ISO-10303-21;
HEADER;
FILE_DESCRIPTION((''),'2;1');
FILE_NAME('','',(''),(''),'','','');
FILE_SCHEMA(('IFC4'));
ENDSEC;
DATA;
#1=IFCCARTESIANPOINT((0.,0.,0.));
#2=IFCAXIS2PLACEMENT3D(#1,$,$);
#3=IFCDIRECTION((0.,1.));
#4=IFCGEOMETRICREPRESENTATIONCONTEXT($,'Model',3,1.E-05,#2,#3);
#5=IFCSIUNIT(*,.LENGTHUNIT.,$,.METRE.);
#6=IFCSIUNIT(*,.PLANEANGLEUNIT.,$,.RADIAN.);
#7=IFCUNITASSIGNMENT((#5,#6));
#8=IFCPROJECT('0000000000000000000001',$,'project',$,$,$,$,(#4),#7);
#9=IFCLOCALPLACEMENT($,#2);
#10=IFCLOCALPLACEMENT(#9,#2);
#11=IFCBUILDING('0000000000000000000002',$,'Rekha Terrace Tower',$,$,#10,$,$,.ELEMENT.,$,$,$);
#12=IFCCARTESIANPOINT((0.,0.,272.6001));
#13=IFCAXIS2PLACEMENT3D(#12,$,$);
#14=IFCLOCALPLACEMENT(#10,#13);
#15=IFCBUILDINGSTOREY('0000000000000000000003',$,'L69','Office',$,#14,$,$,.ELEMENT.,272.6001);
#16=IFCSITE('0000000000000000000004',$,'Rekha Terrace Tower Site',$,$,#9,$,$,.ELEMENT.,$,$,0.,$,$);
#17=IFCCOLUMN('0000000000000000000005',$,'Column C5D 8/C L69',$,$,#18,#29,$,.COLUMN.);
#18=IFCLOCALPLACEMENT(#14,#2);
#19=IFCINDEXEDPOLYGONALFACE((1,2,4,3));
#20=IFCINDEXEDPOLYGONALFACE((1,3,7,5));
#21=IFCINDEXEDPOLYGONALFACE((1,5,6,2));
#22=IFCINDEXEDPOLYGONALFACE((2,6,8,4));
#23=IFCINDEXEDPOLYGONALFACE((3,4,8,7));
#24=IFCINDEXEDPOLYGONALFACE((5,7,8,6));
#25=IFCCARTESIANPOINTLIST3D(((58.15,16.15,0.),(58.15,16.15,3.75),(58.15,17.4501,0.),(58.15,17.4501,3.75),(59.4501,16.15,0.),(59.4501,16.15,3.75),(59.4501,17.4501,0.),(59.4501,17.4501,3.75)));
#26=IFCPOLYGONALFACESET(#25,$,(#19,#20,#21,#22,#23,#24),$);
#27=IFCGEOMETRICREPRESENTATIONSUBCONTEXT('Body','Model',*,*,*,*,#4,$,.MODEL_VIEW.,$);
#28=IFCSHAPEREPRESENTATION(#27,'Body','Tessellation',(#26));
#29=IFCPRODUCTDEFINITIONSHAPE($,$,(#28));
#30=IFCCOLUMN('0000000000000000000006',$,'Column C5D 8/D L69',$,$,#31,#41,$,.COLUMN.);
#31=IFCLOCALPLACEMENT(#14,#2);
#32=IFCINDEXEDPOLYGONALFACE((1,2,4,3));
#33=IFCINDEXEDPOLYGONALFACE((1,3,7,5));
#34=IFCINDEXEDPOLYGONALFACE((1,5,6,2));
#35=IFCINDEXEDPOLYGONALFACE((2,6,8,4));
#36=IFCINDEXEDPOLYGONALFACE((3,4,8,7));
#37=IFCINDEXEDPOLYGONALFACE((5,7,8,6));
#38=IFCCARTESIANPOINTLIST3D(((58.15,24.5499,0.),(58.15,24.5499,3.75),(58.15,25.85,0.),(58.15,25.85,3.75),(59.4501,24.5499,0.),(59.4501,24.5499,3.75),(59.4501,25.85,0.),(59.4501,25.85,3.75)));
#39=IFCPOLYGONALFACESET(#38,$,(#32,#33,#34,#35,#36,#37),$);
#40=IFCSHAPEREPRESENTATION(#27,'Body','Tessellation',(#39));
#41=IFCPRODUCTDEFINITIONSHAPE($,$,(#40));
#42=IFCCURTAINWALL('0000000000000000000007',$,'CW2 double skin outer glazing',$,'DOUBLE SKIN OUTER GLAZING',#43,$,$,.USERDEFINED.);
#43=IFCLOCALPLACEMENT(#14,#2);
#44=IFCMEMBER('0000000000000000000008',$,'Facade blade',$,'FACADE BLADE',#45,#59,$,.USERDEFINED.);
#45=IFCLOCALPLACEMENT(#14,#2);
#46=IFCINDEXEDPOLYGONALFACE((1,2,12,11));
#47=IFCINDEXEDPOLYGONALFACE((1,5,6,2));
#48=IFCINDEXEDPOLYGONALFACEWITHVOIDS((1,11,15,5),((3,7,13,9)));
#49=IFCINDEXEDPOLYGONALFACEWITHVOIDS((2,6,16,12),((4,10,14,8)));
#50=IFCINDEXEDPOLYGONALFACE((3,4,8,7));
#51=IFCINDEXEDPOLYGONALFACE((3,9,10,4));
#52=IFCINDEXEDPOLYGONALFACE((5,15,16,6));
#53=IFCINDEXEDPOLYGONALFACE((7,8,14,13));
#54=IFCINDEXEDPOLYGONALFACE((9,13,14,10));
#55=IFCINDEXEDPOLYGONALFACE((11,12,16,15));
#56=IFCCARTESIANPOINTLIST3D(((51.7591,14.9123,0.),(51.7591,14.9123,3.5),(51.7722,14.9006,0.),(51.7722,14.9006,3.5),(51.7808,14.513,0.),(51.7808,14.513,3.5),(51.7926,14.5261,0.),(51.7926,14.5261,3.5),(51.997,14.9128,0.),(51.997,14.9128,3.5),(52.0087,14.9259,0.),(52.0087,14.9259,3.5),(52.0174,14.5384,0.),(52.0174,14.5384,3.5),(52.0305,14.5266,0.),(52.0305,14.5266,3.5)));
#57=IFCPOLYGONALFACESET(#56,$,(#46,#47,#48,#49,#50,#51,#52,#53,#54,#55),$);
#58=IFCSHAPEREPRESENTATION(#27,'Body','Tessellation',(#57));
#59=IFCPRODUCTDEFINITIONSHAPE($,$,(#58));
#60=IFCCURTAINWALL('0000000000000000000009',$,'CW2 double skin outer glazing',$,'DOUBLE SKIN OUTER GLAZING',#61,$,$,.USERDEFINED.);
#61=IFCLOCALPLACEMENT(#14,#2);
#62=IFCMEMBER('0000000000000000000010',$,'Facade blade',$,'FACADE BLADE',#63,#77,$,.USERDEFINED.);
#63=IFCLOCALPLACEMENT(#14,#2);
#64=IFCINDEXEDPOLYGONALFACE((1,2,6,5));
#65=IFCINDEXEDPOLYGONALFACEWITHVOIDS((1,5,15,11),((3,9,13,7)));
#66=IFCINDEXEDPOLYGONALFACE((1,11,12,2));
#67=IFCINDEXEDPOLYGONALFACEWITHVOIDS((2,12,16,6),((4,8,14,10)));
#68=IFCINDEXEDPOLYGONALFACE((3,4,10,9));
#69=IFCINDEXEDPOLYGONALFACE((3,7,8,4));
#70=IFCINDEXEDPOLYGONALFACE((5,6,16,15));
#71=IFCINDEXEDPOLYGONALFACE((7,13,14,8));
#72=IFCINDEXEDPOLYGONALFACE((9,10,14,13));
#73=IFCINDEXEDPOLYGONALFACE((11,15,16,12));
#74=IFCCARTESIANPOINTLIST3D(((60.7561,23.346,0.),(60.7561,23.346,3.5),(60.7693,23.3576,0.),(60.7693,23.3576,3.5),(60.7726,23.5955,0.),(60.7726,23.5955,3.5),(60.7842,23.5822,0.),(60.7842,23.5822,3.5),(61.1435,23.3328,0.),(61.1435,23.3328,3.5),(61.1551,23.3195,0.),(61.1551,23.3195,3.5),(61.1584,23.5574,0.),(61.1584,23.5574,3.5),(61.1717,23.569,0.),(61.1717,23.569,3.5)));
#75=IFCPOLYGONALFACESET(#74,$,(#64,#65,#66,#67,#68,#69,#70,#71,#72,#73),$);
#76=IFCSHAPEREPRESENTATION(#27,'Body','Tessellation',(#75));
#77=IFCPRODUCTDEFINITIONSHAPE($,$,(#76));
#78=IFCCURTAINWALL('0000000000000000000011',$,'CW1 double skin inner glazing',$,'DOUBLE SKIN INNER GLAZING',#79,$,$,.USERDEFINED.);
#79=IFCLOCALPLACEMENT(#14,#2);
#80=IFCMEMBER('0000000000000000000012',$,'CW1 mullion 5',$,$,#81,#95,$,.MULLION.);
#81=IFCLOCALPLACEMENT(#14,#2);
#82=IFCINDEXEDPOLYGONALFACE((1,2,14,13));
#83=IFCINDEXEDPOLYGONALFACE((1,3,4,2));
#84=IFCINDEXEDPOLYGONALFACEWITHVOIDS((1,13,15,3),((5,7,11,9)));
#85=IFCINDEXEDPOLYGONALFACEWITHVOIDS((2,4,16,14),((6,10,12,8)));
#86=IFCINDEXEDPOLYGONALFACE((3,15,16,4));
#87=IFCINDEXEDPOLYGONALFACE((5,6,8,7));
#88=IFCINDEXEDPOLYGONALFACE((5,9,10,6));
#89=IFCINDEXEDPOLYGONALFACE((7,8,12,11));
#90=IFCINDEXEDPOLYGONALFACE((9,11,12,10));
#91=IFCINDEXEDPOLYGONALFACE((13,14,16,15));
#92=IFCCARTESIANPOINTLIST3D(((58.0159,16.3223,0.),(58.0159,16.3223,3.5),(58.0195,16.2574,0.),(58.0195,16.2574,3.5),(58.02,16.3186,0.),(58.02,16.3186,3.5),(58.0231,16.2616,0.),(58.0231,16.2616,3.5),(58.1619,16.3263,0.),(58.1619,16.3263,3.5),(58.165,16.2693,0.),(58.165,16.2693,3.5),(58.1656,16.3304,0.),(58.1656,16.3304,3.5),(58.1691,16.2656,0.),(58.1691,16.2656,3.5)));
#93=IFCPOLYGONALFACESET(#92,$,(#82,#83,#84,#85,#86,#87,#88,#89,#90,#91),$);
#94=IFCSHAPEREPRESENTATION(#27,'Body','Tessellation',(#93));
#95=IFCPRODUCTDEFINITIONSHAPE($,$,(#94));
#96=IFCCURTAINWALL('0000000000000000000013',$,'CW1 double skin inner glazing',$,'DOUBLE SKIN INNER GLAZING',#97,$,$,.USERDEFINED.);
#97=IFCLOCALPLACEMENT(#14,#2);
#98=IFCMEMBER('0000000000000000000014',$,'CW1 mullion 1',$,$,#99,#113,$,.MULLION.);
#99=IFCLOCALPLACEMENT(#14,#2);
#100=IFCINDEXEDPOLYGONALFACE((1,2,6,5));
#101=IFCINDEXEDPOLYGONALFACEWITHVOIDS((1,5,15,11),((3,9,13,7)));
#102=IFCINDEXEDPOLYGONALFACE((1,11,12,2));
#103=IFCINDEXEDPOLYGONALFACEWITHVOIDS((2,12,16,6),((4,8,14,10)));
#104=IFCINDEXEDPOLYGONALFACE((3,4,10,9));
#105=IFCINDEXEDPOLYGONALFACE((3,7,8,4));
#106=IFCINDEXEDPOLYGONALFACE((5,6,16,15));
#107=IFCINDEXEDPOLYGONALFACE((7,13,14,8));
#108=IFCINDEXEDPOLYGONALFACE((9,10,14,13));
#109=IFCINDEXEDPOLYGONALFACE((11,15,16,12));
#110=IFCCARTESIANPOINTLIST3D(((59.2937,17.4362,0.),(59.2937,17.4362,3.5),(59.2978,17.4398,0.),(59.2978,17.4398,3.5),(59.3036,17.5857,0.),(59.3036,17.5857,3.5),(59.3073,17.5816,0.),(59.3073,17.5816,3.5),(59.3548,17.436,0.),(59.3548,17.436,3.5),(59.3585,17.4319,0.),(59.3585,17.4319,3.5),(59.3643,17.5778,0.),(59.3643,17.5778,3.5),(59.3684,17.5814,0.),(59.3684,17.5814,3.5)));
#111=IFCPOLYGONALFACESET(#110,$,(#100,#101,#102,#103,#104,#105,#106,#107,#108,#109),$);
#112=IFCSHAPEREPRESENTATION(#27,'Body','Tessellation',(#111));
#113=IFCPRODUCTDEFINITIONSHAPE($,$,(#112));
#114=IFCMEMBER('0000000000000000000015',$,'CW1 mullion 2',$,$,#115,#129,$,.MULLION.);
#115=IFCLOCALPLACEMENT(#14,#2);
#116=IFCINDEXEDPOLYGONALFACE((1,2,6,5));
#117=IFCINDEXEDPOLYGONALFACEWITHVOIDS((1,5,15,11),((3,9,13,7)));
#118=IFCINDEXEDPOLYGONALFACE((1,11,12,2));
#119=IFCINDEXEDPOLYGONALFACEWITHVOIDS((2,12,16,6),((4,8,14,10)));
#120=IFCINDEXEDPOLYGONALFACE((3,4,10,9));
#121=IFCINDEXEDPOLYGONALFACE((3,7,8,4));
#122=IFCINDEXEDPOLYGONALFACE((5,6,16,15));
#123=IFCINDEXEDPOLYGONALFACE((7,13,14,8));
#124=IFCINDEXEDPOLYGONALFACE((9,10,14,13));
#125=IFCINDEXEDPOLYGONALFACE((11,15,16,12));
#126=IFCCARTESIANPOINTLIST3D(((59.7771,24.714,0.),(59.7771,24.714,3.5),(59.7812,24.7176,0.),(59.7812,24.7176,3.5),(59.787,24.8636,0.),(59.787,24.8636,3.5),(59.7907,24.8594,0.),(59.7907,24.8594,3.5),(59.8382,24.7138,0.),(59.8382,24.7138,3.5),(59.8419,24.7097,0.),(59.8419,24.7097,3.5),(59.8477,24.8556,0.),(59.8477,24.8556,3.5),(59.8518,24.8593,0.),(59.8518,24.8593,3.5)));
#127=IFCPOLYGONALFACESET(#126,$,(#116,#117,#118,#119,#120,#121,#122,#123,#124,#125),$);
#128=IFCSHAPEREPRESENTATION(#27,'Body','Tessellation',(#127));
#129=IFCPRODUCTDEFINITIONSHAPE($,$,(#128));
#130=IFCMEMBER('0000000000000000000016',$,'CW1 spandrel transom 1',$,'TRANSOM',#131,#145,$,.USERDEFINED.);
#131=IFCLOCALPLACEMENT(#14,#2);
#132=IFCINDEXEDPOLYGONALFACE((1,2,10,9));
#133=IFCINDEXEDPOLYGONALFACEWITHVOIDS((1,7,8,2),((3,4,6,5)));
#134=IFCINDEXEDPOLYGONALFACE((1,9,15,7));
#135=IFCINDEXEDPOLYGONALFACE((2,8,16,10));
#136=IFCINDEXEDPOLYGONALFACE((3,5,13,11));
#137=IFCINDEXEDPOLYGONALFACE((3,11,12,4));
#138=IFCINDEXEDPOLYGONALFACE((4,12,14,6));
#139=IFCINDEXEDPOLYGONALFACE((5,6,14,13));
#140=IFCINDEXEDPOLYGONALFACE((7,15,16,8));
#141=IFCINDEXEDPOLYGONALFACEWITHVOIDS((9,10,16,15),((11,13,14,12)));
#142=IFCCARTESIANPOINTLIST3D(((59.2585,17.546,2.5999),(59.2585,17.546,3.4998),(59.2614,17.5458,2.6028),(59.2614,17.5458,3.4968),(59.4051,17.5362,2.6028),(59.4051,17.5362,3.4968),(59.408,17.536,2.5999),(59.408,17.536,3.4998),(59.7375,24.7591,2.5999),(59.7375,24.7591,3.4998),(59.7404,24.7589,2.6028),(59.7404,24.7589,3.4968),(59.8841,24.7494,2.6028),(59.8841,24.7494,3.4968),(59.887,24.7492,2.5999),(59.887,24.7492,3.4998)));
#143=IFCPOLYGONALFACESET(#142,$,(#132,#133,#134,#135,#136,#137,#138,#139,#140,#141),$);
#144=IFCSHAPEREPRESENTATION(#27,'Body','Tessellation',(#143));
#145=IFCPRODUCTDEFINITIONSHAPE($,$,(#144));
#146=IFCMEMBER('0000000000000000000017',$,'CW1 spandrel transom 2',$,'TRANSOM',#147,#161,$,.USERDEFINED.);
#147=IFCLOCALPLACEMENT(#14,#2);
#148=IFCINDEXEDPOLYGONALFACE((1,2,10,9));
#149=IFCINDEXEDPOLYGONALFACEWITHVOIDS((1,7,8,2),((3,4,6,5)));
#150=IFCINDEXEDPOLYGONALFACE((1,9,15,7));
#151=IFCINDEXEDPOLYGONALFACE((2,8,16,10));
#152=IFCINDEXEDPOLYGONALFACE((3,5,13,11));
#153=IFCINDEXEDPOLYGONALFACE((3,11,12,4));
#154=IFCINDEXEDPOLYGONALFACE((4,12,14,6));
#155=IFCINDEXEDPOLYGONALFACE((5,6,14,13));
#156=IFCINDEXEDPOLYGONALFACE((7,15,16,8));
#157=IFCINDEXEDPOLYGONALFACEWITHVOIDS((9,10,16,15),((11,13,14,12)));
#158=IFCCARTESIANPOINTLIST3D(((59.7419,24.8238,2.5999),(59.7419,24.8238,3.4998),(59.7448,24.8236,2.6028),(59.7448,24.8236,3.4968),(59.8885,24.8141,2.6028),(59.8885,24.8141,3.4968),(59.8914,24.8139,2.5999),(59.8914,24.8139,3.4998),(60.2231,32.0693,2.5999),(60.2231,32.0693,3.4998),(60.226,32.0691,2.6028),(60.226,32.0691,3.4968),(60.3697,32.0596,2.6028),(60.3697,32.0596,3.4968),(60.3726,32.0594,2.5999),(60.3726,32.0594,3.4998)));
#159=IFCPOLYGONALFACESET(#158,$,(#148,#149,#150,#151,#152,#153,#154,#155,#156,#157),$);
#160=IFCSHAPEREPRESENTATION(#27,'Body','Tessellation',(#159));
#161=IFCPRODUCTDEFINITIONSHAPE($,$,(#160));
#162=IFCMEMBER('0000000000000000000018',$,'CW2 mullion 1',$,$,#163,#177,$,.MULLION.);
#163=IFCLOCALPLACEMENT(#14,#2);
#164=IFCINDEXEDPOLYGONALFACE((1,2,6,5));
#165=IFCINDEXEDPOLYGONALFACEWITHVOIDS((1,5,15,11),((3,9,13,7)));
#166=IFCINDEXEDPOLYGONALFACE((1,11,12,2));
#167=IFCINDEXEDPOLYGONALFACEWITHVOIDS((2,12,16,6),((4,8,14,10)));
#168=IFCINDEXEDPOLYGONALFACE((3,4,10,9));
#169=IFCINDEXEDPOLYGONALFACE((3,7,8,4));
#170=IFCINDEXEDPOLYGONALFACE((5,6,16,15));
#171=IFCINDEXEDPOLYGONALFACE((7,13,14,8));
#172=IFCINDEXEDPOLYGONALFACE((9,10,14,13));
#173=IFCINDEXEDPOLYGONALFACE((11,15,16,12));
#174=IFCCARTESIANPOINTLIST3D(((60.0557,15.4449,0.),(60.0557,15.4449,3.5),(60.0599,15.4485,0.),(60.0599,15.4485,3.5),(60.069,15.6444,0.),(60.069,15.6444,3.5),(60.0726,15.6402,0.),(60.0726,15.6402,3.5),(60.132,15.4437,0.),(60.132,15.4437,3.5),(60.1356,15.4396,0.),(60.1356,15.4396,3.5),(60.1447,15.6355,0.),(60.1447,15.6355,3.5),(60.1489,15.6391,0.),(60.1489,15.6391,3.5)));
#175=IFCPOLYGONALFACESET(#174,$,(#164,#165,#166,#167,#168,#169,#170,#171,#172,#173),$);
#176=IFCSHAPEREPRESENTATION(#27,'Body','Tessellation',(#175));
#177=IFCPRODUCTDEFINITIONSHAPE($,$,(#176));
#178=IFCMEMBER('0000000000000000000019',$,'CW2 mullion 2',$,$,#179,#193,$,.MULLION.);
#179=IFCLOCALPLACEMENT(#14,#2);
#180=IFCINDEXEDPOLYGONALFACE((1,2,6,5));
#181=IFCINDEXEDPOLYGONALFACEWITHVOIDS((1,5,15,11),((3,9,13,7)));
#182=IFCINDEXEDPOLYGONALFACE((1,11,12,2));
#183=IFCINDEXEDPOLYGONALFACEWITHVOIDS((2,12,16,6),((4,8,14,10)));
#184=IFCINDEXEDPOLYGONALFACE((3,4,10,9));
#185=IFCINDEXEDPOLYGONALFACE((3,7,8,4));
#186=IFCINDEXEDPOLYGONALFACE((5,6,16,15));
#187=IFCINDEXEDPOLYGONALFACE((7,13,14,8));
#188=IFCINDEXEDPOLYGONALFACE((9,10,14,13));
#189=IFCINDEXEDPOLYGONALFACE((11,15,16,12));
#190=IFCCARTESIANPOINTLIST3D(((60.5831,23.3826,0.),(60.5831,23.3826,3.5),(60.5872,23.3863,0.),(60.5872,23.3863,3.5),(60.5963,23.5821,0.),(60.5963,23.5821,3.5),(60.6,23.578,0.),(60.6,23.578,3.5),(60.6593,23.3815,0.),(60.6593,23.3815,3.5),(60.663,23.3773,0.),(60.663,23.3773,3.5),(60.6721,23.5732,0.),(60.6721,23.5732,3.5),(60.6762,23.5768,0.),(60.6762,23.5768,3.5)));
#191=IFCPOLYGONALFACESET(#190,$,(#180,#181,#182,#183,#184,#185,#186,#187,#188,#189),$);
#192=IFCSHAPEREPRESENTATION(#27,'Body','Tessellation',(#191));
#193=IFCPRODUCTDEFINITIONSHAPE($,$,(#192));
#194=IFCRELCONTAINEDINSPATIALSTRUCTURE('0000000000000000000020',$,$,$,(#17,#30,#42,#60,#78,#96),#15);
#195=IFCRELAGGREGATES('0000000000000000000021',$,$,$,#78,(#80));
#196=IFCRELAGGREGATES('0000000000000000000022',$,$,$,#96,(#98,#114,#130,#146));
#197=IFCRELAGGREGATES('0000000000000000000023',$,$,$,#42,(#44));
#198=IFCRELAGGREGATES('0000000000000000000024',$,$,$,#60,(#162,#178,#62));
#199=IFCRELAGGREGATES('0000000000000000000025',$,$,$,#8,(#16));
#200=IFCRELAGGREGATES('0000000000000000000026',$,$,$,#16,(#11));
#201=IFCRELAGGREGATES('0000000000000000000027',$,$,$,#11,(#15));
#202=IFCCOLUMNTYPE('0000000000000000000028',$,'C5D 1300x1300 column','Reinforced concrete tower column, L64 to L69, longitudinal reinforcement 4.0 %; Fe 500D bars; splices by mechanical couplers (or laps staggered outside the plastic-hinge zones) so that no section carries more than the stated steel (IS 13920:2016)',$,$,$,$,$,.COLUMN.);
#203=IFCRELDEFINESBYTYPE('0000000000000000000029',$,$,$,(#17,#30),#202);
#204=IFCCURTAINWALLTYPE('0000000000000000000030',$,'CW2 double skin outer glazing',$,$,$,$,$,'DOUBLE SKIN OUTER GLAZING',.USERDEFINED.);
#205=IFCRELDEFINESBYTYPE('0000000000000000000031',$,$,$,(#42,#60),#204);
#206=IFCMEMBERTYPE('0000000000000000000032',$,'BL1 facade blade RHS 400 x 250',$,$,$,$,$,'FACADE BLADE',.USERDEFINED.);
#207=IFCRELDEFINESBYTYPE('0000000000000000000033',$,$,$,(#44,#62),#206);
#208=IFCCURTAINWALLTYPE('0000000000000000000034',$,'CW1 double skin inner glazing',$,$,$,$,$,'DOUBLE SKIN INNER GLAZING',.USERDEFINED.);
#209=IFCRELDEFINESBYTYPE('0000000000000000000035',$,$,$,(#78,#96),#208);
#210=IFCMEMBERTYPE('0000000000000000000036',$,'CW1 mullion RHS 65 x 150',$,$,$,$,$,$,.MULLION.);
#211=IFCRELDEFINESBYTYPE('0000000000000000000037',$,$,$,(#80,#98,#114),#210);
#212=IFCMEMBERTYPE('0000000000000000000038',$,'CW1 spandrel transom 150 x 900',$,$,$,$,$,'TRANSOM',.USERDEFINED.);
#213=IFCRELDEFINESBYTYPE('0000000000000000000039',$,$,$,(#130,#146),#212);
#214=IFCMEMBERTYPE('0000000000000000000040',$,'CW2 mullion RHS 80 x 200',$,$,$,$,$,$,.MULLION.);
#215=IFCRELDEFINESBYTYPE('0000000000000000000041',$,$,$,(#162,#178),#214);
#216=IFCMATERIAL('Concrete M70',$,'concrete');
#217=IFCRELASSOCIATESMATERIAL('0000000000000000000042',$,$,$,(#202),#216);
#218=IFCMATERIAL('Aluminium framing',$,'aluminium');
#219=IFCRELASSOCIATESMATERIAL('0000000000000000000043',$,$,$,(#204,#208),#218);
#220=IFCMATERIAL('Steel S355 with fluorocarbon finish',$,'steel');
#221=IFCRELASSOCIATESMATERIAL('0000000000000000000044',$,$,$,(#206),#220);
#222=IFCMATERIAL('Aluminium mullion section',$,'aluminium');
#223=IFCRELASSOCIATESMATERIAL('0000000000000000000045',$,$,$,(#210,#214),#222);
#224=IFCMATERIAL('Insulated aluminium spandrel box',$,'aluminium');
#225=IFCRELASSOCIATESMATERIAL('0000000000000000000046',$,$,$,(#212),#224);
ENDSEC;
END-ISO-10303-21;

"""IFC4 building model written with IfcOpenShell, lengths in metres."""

from ifc_helpers import new_model, si_unit, direction, frame, origin, origin_2d, place, context, subcontext, project, spatial, rectangle, hollow_rectangle, extrude, material, material_profile, profile_set, type_object, element, aggregate, save


model = new_model("IFC4")

# Units and contexts
model_context = context("Model", 3, precision=1e-05, world=origin(), true_north=direction((0.0, 1.0)))
body_context = subcontext(model_context, "Body", "Model", "MODEL_VIEW")
ifc_project = project(units=[si_unit("LENGTHUNIT", "METRE"), si_unit("PLANEANGLEUNIT", "RADIAN")], contexts=[model_context])

# Site, building, storey
site_placement = place(None, origin())
site = spatial("IfcSite", under=ifc_project, at=site_placement, Name="Rekha Terrace Tower Site", CompositionType="ELEMENT", RefElevation=0.0)
building_placement = place(site_placement, origin())
building = spatial("IfcBuilding", under=site, at=building_placement, Name="Rekha Terrace Tower", CompositionType="ELEMENT")
storey_placement = place(building_placement, frame((0.0, 0.0, 272.6001)))
storey = spatial("IfcBuildingStorey", under=building, at=storey_placement, Name="L69", Description="Office", CompositionType="ELEMENT", Elevation=272.6001)

# Columns
ifc_material_1 = material(Name="Concrete M70", Category="concrete")
ifc_material_profile_1 = material_profile(ifc_material_1, rectangle(XDim=1.3, YDim=1.3, at=origin_2d()), Name="RC 1300x1300")
ifc_profile_set_1 = profile_set([ifc_material_profile_1], Name="Concrete M70")
column_type = type_object("IfcColumnType", Name="C5D 1300x1300 column", Description="Reinforced concrete tower column, L64 to L69, longitudinal reinforcement 4.0 %; Fe 500D bars; splices by mechanical couplers (or laps staggered outside the plastic-hinge zones) so that no section carries more than the stated steel (IS 13920:2016)", PredefinedType="COLUMN", material=ifc_profile_set_1)
for number, where, z_axis, x_axis, name in (
    (1, (58.8, 16.8, 0.0), (0.0, 0.0, 1.0), (1.0, 0.0, 0.0), "Column C5D 8/C L69"),
    (2, (58.8, 25.2, 0.0), (0.0, 0.0, 1.0), (1.0, 0.0, 0.0), "Column C5D 8/D L69"),
):
    element("IfcColumn", number, at=place(storey_placement, frame(where, z_axis=z_axis, x_axis=x_axis)), inside=storey, type_object=column_type, Name=name, PredefinedType="COLUMN", context=body_context, shape_type="SweptSolid", body=[
        extrude(rectangle(XDim=1.3, YDim=1.3, at=origin_2d()), origin(), (0.0, 0.0, 1.0), 3.75),
    ])

# Curtain walls, members
ifc_material_2 = material(Name="Aluminium framing", Category="aluminium")
curtain_wall_type_1 = type_object("IfcCurtainWallType", Name="CW2 double skin outer glazing", ElementType="DOUBLE SKIN OUTER GLAZING", PredefinedType="USERDEFINED", material=ifc_material_2)
curtain_wall_1_placement = place(storey_placement, origin())
curtain_wall_1 = element("IfcCurtainWall", 3, at=curtain_wall_1_placement, inside=storey, type_object=curtain_wall_type_1, Name="CW2 double skin outer glazing", ObjectType="DOUBLE SKIN OUTER GLAZING", PredefinedType="USERDEFINED")
ifc_material_3 = material(Name="Steel S355 with fluorocarbon finish", Category="steel")
ifc_material_profile_2 = material_profile(ifc_material_3, hollow_rectangle(XDim=0.25, YDim=0.3999, WallThickness=0.0125, at=origin_2d()), Name="RHS400x250x12.5")
ifc_profile_set_2 = profile_set([ifc_material_profile_2], Name="Steel S355 with fluorocarbon finish")
member_type_1 = type_object("IfcMemberType", Name="BL1 facade blade RHS 400 x 250", ElementType="FACADE BLADE", PredefinedType="USERDEFINED", material=ifc_profile_set_2)
member_1_placement = place(storey_placement, frame((51.8948, 14.7195, 0.0), z_axis=(0.0, 0.0, 1.0), x_axis=(0.99852, 0.054389, 0.0)))
member_1 = element("IfcMember", 4, at=member_1_placement, type_object=member_type_1, Name="Facade blade", ObjectType="FACADE BLADE", PredefinedType="USERDEFINED", context=body_context, shape_type="SweptSolid", body=[
    extrude(hollow_rectangle(XDim=0.25, YDim=0.3999, WallThickness=0.0125, at=origin_2d()), origin(), (0.0, 0.0, 1.0), 3.5),
])
curtain_wall_2_placement = place(storey_placement, origin())
curtain_wall_2 = element("IfcCurtainWall", 5, at=curtain_wall_2_placement, inside=storey, type_object=curtain_wall_type_1, Name="CW2 double skin outer glazing", ObjectType="DOUBLE SKIN OUTER GLAZING", PredefinedType="USERDEFINED")
member_2_placement = place(storey_placement, frame((60.9639, 23.4575, 0.0), z_axis=(0.0, 0.0, 1.0), x_axis=(0.066272, 0.997802, 0.0)))
member_2 = element("IfcMember", 6, at=member_2_placement, type_object=member_type_1, Name="Facade blade", ObjectType="FACADE BLADE", PredefinedType="USERDEFINED", context=body_context, shape_type="SweptSolid", body=[
    extrude(hollow_rectangle(XDim=0.25, YDim=0.3999, WallThickness=0.0125, at=origin_2d()), origin(), (0.0, 0.0, 1.0), 3.5),
])
curtain_wall_type_2 = type_object("IfcCurtainWallType", Name="CW1 double skin inner glazing", ElementType="DOUBLE SKIN INNER GLAZING", PredefinedType="USERDEFINED", material=ifc_material_2)
curtain_wall_3_placement = place(storey_placement, origin())
curtain_wall_3 = element("IfcCurtainWall", 7, at=curtain_wall_3_placement, inside=storey, type_object=curtain_wall_type_2, Name="CW1 double skin inner glazing", ObjectType="DOUBLE SKIN INNER GLAZING", PredefinedType="USERDEFINED")
ifc_material_4 = material(Name="Aluminium mullion section", Category="aluminium")
ifc_material_profile_3 = material_profile(ifc_material_4, hollow_rectangle(XDim=0.0649, YDim=0.1499, WallThickness=0.0039, at=origin_2d()), Name="AL RHS 65x150")
ifc_profile_set_3 = profile_set([ifc_material_profile_3], Name="Aluminium mullion section")
member_type_2 = type_object("IfcMemberType", Name="CW1 mullion RHS 65 x 150", PredefinedType="MULLION", material=ifc_profile_set_3)
member_3_placement = place(storey_placement, frame((58.0925, 16.2939, 0.0), z_axis=(0.0, 0.0, 1.0), x_axis=(-0.054389, 0.99852, 0.0)))
member_3 = element("IfcMember", 8, at=member_3_placement, type_object=member_type_2, Name="CW1 mullion 5", PredefinedType="MULLION", context=body_context, shape_type="SweptSolid", body=[
    extrude(hollow_rectangle(XDim=0.0649, YDim=0.1499, WallThickness=0.0039, at=origin_2d()), origin(), (0.0, 0.0, 1.0), 3.5),
])

# Curtain wall, members
curtain_wall_4_placement = place(storey_placement, origin())
curtain_wall_4 = element("IfcCurtainWall", 9, at=curtain_wall_4_placement, inside=storey, type_object=curtain_wall_type_2, Name="CW1 double skin inner glazing", ObjectType="DOUBLE SKIN INNER GLAZING", PredefinedType="USERDEFINED")
member_4_placement = place(storey_placement, frame((59.3311, 17.5088, 0.0), z_axis=(0.0, 0.0, 1.0), x_axis=(-0.997802, 0.066272, 0.0)))
member_4 = element("IfcMember", 10, at=member_4_placement, type_object=member_type_2, Name="CW1 mullion 1", PredefinedType="MULLION", context=body_context, shape_type="SweptSolid", body=[
    extrude(hollow_rectangle(XDim=0.0649, YDim=0.1499, WallThickness=0.0039, at=origin_2d()), origin(), (0.0, 0.0, 1.0), 3.5),
])
member_5_placement = place(storey_placement, frame((59.8145, 24.7866, 0.0), z_axis=(0.0, 0.0, 1.0), x_axis=(-0.997802, 0.066272, 0.0)))
member_5 = element("IfcMember", 11, at=member_5_placement, type_object=member_type_2, Name="CW1 mullion 2", PredefinedType="MULLION", context=body_context, shape_type="SweptSolid", body=[
    extrude(hollow_rectangle(XDim=0.0649, YDim=0.1499, WallThickness=0.0039, at=origin_2d()), origin(), (0.0, 0.0, 1.0), 3.5),
])
ifc_material_5 = material(Name="Insulated aluminium spandrel box", Category="aluminium")
ifc_material_profile_4 = material_profile(ifc_material_5, hollow_rectangle(XDim=0.1499, YDim=0.8999, WallThickness=0.0029, at=origin_2d()), Name="AL SPANDREL BOX 150x900")
ifc_profile_set_4 = profile_set([ifc_material_profile_4], Name="Insulated aluminium spandrel box")
member_type_3 = type_object("IfcMemberType", Name="CW1 spandrel transom 150 x 900", ElementType="TRANSOM", PredefinedType="USERDEFINED", material=ifc_profile_set_4)
member_6_placement = place(storey_placement, frame((59.3333, 17.541, 3.0498), z_axis=(0.066261, 0.997802, 0.0), x_axis=(-0.997802, 0.066261, 0.0)))
member_6 = element("IfcMember", 12, at=member_6_placement, type_object=member_type_3, Name="CW1 spandrel transom 1", ObjectType="TRANSOM", PredefinedType="USERDEFINED", context=body_context, shape_type="SweptSolid", body=[
    extrude(hollow_rectangle(XDim=0.1499, YDim=0.8999, WallThickness=0.0029, at=origin_2d()), origin(), (0.0, 0.0, 1.0), 7.229),
])
member_7_placement = place(storey_placement, frame((59.8167, 24.8188, 3.0498), z_axis=(0.066267, 0.997802, 0.0), x_axis=(-0.997802, 0.066267, 0.0)))
member_7 = element("IfcMember", 13, at=member_7_placement, type_object=member_type_3, Name="CW1 spandrel transom 2", ObjectType="TRANSOM", PredefinedType="USERDEFINED", context=body_context, shape_type="SweptSolid", body=[
    extrude(hollow_rectangle(XDim=0.1499, YDim=0.8999, WallThickness=0.0029, at=origin_2d()), origin(), (0.0, 0.0, 1.0), 7.2615),
])

# Members
ifc_material_profile_5 = material_profile(ifc_material_4, hollow_rectangle(XDim=0.0801, YDim=0.2, WallThickness=0.0039, at=origin_2d()), Name="AL RHS 80x200")
ifc_profile_set_5 = profile_set([ifc_material_profile_5], Name="Aluminium mullion section")
member_type_4 = type_object("IfcMemberType", Name="CW2 mullion RHS 80 x 200", PredefinedType="MULLION", material=ifc_profile_set_5)
member_8_placement = place(storey_placement, frame((60.1023, 15.542, 0.0), z_axis=(0.0, 0.0, 1.0), x_axis=(-0.997802, 0.066272, 0.0)))
member_8 = element("IfcMember", 14, at=member_8_placement, type_object=member_type_4, Name="CW2 mullion 1", PredefinedType="MULLION", context=body_context, shape_type="SweptSolid", body=[
    extrude(hollow_rectangle(XDim=0.0801, YDim=0.2, WallThickness=0.0039, at=origin_2d()), origin(), (0.0, 0.0, 1.0), 3.5),
])
member_9_placement = place(storey_placement, frame((60.6296, 23.4797, 0.0), z_axis=(0.0, 0.0, 1.0), x_axis=(-0.997802, 0.066272, 0.0)))
member_9 = element("IfcMember", 15, at=member_9_placement, type_object=member_type_4, Name="CW2 mullion 2", PredefinedType="MULLION", context=body_context, shape_type="SweptSolid", body=[
    extrude(hollow_rectangle(XDim=0.0801, YDim=0.2, WallThickness=0.0039, at=origin_2d()), origin(), (0.0, 0.0, 1.0), 3.5),
])

aggregate(curtain_wall_3, [member_3])
aggregate(curtain_wall_4, [member_4, member_5, member_6, member_7])
aggregate(curtain_wall_1, [member_1])
aggregate(curtain_wall_2, [member_8, member_9, member_2])

save(model, "model.ifc")
